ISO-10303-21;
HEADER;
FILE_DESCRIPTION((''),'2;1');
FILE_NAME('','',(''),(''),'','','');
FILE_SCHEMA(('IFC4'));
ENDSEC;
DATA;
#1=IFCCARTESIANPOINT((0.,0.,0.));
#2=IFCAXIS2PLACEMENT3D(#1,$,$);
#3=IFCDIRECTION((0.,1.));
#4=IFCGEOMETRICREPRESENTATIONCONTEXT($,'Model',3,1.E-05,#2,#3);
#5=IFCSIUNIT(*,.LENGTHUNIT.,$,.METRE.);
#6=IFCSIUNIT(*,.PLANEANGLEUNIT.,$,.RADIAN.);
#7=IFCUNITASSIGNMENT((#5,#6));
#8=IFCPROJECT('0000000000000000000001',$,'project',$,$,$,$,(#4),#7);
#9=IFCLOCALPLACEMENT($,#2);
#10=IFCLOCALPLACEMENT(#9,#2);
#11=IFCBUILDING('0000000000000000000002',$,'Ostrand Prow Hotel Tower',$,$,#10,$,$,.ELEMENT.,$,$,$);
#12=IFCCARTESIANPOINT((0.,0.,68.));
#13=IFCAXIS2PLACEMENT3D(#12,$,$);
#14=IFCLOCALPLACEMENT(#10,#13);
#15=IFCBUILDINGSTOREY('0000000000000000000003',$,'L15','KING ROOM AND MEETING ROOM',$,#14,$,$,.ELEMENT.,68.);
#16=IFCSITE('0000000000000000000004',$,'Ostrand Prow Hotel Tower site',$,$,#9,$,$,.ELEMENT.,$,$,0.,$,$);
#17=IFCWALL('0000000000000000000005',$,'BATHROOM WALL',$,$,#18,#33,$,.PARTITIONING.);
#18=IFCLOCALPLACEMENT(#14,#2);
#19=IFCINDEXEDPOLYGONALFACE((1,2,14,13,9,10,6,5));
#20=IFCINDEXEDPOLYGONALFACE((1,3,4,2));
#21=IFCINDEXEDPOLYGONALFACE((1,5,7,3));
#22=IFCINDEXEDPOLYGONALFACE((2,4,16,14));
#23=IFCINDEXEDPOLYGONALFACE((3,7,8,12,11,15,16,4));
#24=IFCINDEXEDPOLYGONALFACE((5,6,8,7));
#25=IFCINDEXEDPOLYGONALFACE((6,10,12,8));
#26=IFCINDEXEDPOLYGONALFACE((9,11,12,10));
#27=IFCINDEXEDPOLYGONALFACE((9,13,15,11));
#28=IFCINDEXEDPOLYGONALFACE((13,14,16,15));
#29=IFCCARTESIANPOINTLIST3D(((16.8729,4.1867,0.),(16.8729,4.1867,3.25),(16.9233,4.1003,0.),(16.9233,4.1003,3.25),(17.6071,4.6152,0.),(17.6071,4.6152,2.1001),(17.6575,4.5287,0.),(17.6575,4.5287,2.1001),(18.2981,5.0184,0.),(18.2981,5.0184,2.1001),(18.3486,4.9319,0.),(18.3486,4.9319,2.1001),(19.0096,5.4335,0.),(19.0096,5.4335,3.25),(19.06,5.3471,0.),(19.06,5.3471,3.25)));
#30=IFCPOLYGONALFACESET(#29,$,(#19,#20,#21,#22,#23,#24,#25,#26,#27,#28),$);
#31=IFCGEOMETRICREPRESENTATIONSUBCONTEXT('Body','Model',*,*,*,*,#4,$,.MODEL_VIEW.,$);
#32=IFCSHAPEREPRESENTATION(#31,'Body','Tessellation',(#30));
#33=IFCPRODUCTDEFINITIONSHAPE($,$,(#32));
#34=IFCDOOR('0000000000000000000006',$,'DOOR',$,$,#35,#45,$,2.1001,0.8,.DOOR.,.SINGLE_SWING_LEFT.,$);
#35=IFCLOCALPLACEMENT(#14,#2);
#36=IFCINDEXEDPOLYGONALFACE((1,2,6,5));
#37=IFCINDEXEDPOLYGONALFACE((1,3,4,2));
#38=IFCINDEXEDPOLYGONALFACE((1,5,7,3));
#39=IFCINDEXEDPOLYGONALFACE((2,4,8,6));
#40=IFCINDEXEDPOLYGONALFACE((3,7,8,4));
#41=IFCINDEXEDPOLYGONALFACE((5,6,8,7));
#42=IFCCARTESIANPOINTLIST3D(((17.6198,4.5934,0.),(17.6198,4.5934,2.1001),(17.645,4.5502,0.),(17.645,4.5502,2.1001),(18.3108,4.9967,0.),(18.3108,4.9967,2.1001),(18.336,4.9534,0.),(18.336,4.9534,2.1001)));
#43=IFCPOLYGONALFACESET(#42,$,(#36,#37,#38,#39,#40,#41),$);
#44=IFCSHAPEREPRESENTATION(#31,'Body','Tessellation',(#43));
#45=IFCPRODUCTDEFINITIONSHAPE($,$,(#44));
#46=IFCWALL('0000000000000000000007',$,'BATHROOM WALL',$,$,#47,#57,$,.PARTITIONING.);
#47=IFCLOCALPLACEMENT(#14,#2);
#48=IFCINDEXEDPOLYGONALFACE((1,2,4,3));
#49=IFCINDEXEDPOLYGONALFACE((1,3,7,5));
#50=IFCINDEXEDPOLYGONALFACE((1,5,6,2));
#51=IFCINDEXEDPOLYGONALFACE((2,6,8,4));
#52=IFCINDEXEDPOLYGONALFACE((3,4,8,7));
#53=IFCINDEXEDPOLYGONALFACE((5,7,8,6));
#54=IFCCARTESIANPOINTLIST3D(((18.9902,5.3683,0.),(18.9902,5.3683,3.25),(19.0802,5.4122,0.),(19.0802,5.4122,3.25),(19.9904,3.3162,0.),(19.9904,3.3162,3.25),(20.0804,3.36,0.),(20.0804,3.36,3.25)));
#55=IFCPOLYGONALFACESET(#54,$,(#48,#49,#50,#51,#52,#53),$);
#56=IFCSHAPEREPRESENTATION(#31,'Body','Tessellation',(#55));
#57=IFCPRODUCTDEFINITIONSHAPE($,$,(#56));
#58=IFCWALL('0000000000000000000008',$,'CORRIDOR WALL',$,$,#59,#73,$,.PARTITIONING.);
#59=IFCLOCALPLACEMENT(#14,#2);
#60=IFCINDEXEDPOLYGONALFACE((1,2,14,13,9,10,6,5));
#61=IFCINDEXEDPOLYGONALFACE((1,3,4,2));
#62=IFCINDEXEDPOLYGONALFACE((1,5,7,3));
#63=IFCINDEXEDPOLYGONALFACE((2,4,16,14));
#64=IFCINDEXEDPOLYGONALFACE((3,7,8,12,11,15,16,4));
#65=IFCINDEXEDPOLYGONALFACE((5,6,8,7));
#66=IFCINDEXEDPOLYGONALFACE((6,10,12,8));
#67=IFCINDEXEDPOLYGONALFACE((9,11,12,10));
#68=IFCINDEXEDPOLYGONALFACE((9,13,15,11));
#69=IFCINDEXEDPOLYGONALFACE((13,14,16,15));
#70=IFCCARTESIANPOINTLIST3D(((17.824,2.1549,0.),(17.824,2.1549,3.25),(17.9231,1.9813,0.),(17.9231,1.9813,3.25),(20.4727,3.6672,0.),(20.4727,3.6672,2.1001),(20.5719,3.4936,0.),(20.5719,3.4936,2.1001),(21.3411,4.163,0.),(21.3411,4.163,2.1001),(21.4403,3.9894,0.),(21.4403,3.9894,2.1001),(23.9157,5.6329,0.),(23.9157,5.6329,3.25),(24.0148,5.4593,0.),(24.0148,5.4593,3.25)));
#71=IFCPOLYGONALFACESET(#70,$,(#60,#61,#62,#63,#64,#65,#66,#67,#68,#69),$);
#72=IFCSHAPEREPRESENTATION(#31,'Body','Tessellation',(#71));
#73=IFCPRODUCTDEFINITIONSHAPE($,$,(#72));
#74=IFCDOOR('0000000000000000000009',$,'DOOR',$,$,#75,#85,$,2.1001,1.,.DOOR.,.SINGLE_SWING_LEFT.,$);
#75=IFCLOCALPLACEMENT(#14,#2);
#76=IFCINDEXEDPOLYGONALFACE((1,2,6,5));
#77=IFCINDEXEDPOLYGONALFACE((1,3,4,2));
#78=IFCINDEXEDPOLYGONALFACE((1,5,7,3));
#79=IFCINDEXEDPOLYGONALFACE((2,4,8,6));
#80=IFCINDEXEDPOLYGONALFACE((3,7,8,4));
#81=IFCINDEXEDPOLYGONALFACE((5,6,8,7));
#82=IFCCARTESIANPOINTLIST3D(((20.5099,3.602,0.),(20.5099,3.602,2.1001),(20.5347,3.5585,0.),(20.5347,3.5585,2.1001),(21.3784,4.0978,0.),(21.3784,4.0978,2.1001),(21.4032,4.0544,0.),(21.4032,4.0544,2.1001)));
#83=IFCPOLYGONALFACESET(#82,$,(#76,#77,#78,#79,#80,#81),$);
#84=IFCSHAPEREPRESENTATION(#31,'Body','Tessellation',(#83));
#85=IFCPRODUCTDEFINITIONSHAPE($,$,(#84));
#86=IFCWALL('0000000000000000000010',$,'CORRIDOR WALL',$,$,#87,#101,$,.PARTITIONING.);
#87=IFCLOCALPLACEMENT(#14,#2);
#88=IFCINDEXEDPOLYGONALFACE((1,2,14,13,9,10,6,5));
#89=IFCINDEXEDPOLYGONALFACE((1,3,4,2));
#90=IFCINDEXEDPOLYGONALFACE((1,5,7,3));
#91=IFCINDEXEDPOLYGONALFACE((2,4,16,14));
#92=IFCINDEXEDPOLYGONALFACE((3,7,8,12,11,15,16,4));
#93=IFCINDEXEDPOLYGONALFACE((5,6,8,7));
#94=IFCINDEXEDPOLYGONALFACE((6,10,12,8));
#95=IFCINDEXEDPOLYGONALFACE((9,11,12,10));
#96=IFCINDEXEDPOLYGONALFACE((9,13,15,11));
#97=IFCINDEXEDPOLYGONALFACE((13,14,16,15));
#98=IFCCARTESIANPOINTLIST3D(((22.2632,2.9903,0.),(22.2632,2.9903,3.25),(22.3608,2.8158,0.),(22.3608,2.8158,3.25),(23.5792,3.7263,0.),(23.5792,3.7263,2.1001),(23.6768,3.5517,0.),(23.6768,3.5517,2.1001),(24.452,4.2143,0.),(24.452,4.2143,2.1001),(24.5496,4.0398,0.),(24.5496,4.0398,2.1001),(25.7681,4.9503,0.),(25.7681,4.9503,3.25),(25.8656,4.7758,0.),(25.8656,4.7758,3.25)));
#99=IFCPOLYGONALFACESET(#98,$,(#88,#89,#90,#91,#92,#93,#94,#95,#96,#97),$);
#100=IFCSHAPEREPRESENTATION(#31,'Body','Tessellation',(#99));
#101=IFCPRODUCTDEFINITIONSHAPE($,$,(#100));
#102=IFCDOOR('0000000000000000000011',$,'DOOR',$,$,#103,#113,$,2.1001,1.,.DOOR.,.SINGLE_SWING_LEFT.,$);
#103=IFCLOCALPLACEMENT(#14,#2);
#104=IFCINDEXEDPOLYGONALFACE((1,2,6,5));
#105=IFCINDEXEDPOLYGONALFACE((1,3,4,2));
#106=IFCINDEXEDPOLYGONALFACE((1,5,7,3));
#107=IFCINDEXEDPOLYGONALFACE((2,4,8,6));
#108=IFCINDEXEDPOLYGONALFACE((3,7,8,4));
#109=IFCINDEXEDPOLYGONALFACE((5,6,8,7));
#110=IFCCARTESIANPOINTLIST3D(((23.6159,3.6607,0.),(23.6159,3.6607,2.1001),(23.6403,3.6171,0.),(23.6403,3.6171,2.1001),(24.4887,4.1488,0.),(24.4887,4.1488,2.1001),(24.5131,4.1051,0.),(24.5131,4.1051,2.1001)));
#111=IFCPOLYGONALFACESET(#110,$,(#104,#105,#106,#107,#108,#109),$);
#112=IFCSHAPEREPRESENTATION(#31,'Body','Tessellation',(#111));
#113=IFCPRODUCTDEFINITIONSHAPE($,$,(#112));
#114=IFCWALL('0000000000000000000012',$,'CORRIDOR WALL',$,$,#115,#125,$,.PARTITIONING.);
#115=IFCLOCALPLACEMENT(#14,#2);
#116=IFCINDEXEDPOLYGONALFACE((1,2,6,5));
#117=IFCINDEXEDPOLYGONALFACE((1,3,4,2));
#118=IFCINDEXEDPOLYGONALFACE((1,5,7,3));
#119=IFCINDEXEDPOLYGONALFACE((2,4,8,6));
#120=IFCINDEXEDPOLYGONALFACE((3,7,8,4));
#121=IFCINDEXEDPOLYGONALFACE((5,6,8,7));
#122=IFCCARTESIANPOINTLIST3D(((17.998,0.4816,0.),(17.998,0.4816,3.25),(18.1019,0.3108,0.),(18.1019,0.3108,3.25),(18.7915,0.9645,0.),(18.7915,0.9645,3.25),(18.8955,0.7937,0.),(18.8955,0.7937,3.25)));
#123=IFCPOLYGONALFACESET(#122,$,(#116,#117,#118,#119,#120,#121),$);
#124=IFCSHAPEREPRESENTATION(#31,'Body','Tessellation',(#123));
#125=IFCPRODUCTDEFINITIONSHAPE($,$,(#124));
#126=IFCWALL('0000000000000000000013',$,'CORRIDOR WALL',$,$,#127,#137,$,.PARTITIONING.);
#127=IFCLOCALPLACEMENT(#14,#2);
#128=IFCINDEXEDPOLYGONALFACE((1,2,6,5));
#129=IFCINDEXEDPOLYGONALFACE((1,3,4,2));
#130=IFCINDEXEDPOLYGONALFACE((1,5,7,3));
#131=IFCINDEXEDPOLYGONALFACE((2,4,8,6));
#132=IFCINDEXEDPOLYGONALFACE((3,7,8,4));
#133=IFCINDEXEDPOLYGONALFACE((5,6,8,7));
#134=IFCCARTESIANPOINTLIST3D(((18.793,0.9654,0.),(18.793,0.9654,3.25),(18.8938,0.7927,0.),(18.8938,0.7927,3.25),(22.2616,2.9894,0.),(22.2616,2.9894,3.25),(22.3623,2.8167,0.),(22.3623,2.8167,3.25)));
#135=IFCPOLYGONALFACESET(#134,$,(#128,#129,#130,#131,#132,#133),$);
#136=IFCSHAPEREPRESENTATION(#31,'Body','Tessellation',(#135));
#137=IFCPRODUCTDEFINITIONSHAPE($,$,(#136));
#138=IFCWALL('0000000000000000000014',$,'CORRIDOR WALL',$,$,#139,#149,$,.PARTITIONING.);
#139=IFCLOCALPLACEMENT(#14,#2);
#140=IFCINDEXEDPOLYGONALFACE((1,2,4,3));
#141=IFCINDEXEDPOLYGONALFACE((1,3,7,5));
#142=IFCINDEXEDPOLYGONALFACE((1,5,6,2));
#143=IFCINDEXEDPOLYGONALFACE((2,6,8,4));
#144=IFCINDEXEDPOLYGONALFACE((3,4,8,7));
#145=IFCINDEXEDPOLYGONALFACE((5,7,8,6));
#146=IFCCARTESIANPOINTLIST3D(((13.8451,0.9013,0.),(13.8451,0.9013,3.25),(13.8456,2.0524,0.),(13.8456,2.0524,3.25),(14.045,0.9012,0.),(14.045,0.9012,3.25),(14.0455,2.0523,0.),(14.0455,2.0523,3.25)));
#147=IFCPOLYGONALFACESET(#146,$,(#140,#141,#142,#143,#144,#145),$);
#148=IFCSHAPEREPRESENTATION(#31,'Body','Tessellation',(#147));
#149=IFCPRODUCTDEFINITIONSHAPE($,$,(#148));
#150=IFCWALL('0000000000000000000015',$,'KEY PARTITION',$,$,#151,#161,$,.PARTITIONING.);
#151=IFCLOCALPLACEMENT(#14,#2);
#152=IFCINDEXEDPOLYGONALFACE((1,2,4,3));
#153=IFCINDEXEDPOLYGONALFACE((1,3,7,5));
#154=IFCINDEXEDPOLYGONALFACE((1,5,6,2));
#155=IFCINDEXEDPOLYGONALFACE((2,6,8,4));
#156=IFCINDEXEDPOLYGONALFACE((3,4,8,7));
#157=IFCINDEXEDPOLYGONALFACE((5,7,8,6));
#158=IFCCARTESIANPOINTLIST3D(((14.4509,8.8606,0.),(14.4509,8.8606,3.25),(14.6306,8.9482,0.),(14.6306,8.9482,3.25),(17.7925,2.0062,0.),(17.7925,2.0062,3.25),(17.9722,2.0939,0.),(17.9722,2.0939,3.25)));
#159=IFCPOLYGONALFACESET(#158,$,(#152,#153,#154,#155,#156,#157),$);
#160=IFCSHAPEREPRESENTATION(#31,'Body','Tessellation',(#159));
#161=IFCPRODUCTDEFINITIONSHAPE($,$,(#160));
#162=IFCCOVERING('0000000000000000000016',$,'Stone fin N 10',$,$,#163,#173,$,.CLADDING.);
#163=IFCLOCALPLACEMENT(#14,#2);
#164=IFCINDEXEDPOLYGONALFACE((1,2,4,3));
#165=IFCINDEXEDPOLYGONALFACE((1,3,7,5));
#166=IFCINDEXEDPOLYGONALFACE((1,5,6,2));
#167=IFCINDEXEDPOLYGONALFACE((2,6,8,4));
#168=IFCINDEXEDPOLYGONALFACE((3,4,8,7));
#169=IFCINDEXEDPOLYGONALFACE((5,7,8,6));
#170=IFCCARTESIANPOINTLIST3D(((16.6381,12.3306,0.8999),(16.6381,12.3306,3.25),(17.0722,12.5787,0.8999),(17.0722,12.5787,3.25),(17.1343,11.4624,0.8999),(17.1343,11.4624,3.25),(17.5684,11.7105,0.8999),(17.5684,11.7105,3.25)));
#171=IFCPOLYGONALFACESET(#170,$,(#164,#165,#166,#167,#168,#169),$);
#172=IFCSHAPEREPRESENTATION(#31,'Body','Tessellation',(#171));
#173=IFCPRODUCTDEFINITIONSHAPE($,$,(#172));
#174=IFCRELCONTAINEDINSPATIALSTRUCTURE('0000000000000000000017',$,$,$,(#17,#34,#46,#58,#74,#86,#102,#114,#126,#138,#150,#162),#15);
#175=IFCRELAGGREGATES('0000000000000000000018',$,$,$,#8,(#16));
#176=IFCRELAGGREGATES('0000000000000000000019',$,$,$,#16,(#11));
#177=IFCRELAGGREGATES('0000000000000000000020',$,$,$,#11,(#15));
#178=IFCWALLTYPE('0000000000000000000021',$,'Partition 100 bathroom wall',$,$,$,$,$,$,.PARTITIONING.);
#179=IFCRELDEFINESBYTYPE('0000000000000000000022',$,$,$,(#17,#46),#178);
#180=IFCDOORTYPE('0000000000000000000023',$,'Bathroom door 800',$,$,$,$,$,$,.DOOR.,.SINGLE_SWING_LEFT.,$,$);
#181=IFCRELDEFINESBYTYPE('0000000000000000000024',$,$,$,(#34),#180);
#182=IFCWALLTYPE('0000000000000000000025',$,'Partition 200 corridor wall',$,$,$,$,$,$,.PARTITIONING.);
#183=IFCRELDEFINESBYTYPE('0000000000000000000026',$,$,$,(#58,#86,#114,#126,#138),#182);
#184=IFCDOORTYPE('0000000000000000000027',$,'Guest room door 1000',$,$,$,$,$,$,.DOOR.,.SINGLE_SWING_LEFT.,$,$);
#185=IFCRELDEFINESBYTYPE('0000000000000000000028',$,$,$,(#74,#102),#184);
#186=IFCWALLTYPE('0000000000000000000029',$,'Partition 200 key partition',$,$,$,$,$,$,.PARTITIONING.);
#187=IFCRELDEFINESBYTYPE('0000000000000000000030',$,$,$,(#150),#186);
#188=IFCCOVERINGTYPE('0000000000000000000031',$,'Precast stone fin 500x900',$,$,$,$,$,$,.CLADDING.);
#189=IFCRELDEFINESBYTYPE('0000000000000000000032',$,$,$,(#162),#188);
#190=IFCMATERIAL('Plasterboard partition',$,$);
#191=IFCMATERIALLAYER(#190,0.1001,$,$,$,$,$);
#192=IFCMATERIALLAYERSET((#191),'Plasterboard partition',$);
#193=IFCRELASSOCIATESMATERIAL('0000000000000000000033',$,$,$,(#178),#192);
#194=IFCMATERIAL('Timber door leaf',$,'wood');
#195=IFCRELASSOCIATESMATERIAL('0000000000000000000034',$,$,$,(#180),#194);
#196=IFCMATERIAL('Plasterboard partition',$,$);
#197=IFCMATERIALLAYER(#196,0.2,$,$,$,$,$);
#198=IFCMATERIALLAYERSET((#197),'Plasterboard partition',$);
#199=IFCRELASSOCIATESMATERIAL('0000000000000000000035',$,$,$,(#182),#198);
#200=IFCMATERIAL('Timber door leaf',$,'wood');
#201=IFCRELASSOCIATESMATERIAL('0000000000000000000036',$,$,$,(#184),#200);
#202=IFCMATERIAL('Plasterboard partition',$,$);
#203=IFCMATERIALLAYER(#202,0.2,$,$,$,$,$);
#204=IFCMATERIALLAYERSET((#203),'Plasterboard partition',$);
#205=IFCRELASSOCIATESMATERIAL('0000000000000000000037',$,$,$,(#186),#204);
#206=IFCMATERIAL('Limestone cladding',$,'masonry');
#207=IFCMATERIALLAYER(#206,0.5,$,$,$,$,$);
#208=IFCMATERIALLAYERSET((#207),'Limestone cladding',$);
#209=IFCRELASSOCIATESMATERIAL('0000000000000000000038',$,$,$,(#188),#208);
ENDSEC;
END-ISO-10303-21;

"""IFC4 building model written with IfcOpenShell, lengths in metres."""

from ifc_helpers import new_model, si_unit, direction, frame, frame_2d, origin, place, context, subcontext, project, spatial, rectangle, extrude, material, layer, layer_set, type_object, element, fill, save


model = new_model("IFC4")

# Units and contexts
model_context = context("Model", 3, precision=1e-05, world=origin(), true_north=direction((0.0, 1.0)))
body_context = subcontext(model_context, "Body", "Model", "MODEL_VIEW")
ifc_project = project(units=[si_unit("LENGTHUNIT", "METRE"), si_unit("PLANEANGLEUNIT", "RADIAN")], contexts=[model_context])

# Site, building, storey
site_placement = place(None, origin())
site = spatial("IfcSite", under=ifc_project, at=site_placement, Name="Ostrand Prow Hotel Tower site", CompositionType="ELEMENT", RefElevation=0.0)
building_placement = place(site_placement, origin())
building = spatial("IfcBuilding", under=site, at=building_placement, Name="Ostrand Prow Hotel Tower", CompositionType="ELEMENT")
storey_placement = place(building_placement, frame((0.0, 0.0, 68.0)))
storey = spatial("IfcBuildingStorey", under=building, at=storey_placement, Name="L15", Description="KING ROOM AND MEETING ROOM", CompositionType="ELEMENT", Elevation=68.0)

# Wall, opening, door
ifc_material_1 = material(Name="Plasterboard partition")
ifc_layer_1 = layer(ifc_material_1, 0.1001)
ifc_layer_set_1 = layer_set([ifc_layer_1], Name="Plasterboard partition")
wall_type_1 = type_object("IfcWallType", Name="Partition 100 bathroom wall", PredefinedType="PARTITIONING", material=ifc_layer_set_1)
wall_1_placement = place(storey_placement, frame((16.8982, 4.1436, 0.0), z_axis=(0.0, 0.0, 1.0), x_axis=(0.863707, 0.503994, 0.0)))
wall_1 = element("IfcWall", 1, at=wall_1_placement, inside=storey, type_object=wall_type_1, Name="BATHROOM WALL", PredefinedType="PARTITIONING", context=body_context, shape_type="SweptSolid", body=[
    extrude(rectangle(XDim=2.4739, YDim=0.1001, at=frame_2d((1.2368, 0.0))), origin(), (0.0, 0.0, 1.0), 3.25),
])
opening_1_placement = place(wall_1_placement, frame((0.8501, 0.0, 0.0)))
opening_1 = element("IfcOpeningElement", 2, at=opening_1_placement, cuts=wall_1, PredefinedType="OPENING", context=body_context, shape_type="SweptSolid", body=[
    extrude(rectangle(XDim=0.8, YDim=2.1001, at=frame_2d((0.3999, 1.05))), frame((0.0, 0.0601, 0.0), z_axis=(0.0, -1.0, 0.0), x_axis=(1.0, 0.0, 0.0)), (0.0, 0.0, 1.0), 0.1201),
])
ifc_material_2 = material(Name="Timber door leaf", Category="wood")
door_type_1 = type_object("IfcDoorType", Name="Bathroom door 800", OperationType="SINGLE_SWING_LEFT", PredefinedType="DOOR", material=ifc_material_2)
door_1_placement = place(opening_1_placement, origin())
door_1 = element("IfcDoor", 3, at=door_1_placement, inside=storey, type_object=door_type_1, Name="DOOR", OperationType="SINGLE_SWING_LEFT", OverallHeight=2.1001, OverallWidth=0.8, PredefinedType="DOOR", context=body_context, shape_type="SweptSolid", body=[
    extrude(rectangle(XDim=0.8, YDim=2.1001, at=frame_2d((0.3999, 1.05))), frame((0.0, 0.0249, 0.0), z_axis=(0.0, -1.0, 0.0), x_axis=(1.0, 0.0, 0.0)), (0.0, 0.0, 1.0), 0.05),
])
fill(opening_1, door_1)

# Wall
wall_2_placement = place(storey_placement, frame((19.0352, 5.3904, 0.0), z_axis=(0.0, 0.0, 1.0), x_axis=(0.438122, -0.898915, 0.0)))
element("IfcWall", 4, at=wall_2_placement, inside=storey, type_object=wall_type_1, Name="BATHROOM WALL", PredefinedType="PARTITIONING", context=body_context, shape_type="SweptSolid", body=[
    extrude(rectangle(XDim=2.283, YDim=0.1001, at=frame_2d((1.1416, 0.0))), origin(), (0.0, 0.0, 1.0), 3.25),
])

# Walls, openings, doors
ifc_material_3 = material(Name="Plasterboard partition")
ifc_layer_2 = layer(ifc_material_3, 0.2)
ifc_layer_set_2 = layer_set([ifc_layer_2], Name="Plasterboard partition")
wall_type_2 = type_object("IfcWallType", Name="Partition 200 corridor wall", PredefinedType="PARTITIONING", material=ifc_layer_set_2)
wall_3_placement = place(storey_placement, frame((17.8735, 2.0681, 0.0), z_axis=(0.0, 0.0, 1.0), x_axis=(0.868427, 0.495817, 0.0)))
wall_3 = element("IfcWall", 5, at=wall_3_placement, inside=storey, type_object=wall_type_2, Name="CORRIDOR WALL", PredefinedType="PARTITIONING", context=body_context, shape_type="SweptSolid", body=[
    extrude(rectangle(XDim=7.0146, YDim=0.2, at=frame_2d((3.5073, 0.0))), origin(), (0.0, 0.0, 1.0), 3.25),
])
opening_2_placement = place(wall_3_placement, frame((3.05, 0.0, 0.0)))
opening_2 = element("IfcOpeningElement", 6, at=opening_2_placement, cuts=wall_3, PredefinedType="OPENING", context=body_context, shape_type="SweptSolid", body=[
    extrude(rectangle(XDim=1.0, YDim=2.1001, at=frame_2d((0.5, 1.05))), frame((0.0, 0.1099, 0.0), z_axis=(0.0, -1.0, 0.0), x_axis=(1.0, 0.0, 0.0)), (0.0, 0.0, 1.0), 0.22),
])
ifc_material_4 = material(Name="Timber door leaf", Category="wood")
door_type_2 = type_object("IfcDoorType", Name="Guest room door 1000", OperationType="SINGLE_SWING_LEFT", PredefinedType="DOOR", material=ifc_material_4)
door_2_placement = place(opening_2_placement, origin())
door_2 = element("IfcDoor", 7, at=door_2_placement, inside=storey, type_object=door_type_2, Name="DOOR", OperationType="SINGLE_SWING_LEFT", OverallHeight=2.1001, OverallWidth=1.0, PredefinedType="DOOR", context=body_context, shape_type="SweptSolid", body=[
    extrude(rectangle(XDim=1.0, YDim=2.1001, at=frame_2d((0.5, 1.05))), frame((0.0, 0.0249, 0.0), z_axis=(0.0, -1.0, 0.0), x_axis=(1.0, 0.0, 0.0)), (0.0, 0.0, 1.0), 0.05),
])
fill(opening_2, door_2)
wall_4_placement = place(storey_placement, frame((22.312, 2.9031, 0.0), z_axis=(0.0, 0.0, 1.0), x_axis=(0.8728, 0.488078, 0.0)))
wall_4 = element("IfcWall", 8, at=wall_4_placement, inside=storey, type_object=wall_type_2, Name="CORRIDOR WALL", PredefinedType="PARTITIONING", context=body_context, shape_type="SweptSolid", body=[
    extrude(rectangle(XDim=4.0156, YDim=0.2, at=frame_2d((2.0078, 0.0))), origin(), (0.0, 0.0, 1.0), 3.25),
])
opening_3_placement = place(wall_4_placement, frame((1.5078, 0.0, 0.0)))
opening_3 = element("IfcOpeningElement", 9, at=opening_3_placement, cuts=wall_4, PredefinedType="OPENING", context=body_context, shape_type="SweptSolid", body=[
    extrude(rectangle(XDim=1.0, YDim=2.1001, at=frame_2d((0.5, 1.05))), frame((0.0, 0.1099, 0.0), z_axis=(0.0, -1.0, 0.0), x_axis=(1.0, 0.0, 0.0)), (0.0, 0.0, 1.0), 0.22),
])
door_3_placement = place(opening_3_placement, origin())
door_3 = element("IfcDoor", 10, at=door_3_placement, inside=storey, type_object=door_type_2, Name="DOOR", OperationType="SINGLE_SWING_LEFT", OverallHeight=2.1001, OverallWidth=1.0, PredefinedType="DOOR", context=body_context, shape_type="SweptSolid", body=[
    extrude(rectangle(XDim=1.0, YDim=2.1001, at=frame_2d((0.5, 1.05))), frame((0.0, 0.0249, 0.0), z_axis=(0.0, -1.0, 0.0), x_axis=(1.0, 0.0, 0.0)), (0.0, 0.0, 1.0), 0.05),
])
fill(opening_3, door_3)

# Walls
wall_5_placement = place(storey_placement, frame((18.05, 0.3962, 0.0), z_axis=(0.0, 0.0, 1.0), x_axis=(0.854229, 0.519897, 0.0)))
element("IfcWall", 11, at=wall_5_placement, inside=storey, type_object=wall_type_2, Name="CORRIDOR WALL", PredefinedType="PARTITIONING", context=body_context, shape_type="SweptSolid", body=[
    extrude(rectangle(XDim=0.929, YDim=0.2, at=frame_2d((0.4644, 0.0))), origin(), (0.0, 0.0, 1.0), 3.25),
])
wall_6_placement = place(storey_placement, frame((18.8435, 0.8792, 0.0), z_axis=(0.0, 0.0, 1.0), x_axis=(0.863711, 0.503988, 0.0)))
element("IfcWall", 12, at=wall_6_placement, inside=storey, type_object=wall_type_2, Name="CORRIDOR WALL", PredefinedType="PARTITIONING", context=body_context, shape_type="SweptSolid", body=[
    extrude(rectangle(XDim=4.0159, YDim=0.2, at=frame_2d((2.0078, 0.0))), origin(), (0.0, 0.0, 1.0), 3.25),
])
wall_7_placement = place(storey_placement, frame((13.9456, 2.0525, 0.0), z_axis=(0.0, 0.0, 1.0), x_axis=(-0.000424, -1.0, 0.0)))
element("IfcWall", 13, at=wall_7_placement, inside=storey, type_object=wall_type_2, Name="CORRIDOR WALL", PredefinedType="PARTITIONING", context=body_context, shape_type="SweptSolid", body=[
    extrude(rectangle(XDim=1.1511, YDim=0.2, at=frame_2d((0.5757, 0.0))), origin(), (0.0, 0.0, 1.0), 3.25),
])
ifc_material_5 = material(Name="Plasterboard partition")
ifc_layer_3 = layer(ifc_material_5, 0.2)
ifc_layer_set_3 = layer_set([ifc_layer_3], Name="Plasterboard partition")
wall_type_3 = type_object("IfcWallType", Name="Partition 200 key partition", PredefinedType="PARTITIONING", material=ifc_layer_set_3)
wall_8_placement = place(storey_placement, frame((17.8823, 2.05, 0.0), z_axis=(0.0, 0.0, 1.0), x_axis=(-0.438214, 0.898871, 0.0)))
element("IfcWall", 14, at=wall_8_placement, inside=storey, type_object=wall_type_3, Name="KEY PARTITION", PredefinedType="PARTITIONING", context=body_context, shape_type="SweptSolid", body=[
    extrude(rectangle(XDim=7.6255, YDim=0.2, at=frame_2d((3.8127, 0.0))), origin(), (0.0, 0.0, 1.0), 3.25),
])

# Covering
ifc_material_6 = material(Name="Limestone cladding", Category="masonry")
ifc_layer_4 = layer(ifc_material_6, 0.5)
ifc_layer_set_4 = layer_set([ifc_layer_4], Name="Limestone cladding")
covering_type = type_object("IfcCoveringType", Name="Precast stone fin 500x900", PredefinedType="CLADDING", material=ifc_layer_set_4)
covering_placement = place(storey_placement, frame((17.3513, 11.5864, 0.8999), z_axis=(0.0, 0.0, 1.0), x_axis=(-0.496139, 0.868243, 0.0)))
element("IfcCovering", 15, at=covering_placement, inside=storey, type_object=covering_type, Name="Stone fin N 10", PredefinedType="CLADDING", context=body_context, shape_type="SweptSolid", body=[
    extrude(rectangle(XDim=1.0, YDim=0.5, at=frame_2d((0.5, 0.0))), origin(), (0.0, 0.0, 1.0), 2.3501),
])

save(model, "model.ifc")
